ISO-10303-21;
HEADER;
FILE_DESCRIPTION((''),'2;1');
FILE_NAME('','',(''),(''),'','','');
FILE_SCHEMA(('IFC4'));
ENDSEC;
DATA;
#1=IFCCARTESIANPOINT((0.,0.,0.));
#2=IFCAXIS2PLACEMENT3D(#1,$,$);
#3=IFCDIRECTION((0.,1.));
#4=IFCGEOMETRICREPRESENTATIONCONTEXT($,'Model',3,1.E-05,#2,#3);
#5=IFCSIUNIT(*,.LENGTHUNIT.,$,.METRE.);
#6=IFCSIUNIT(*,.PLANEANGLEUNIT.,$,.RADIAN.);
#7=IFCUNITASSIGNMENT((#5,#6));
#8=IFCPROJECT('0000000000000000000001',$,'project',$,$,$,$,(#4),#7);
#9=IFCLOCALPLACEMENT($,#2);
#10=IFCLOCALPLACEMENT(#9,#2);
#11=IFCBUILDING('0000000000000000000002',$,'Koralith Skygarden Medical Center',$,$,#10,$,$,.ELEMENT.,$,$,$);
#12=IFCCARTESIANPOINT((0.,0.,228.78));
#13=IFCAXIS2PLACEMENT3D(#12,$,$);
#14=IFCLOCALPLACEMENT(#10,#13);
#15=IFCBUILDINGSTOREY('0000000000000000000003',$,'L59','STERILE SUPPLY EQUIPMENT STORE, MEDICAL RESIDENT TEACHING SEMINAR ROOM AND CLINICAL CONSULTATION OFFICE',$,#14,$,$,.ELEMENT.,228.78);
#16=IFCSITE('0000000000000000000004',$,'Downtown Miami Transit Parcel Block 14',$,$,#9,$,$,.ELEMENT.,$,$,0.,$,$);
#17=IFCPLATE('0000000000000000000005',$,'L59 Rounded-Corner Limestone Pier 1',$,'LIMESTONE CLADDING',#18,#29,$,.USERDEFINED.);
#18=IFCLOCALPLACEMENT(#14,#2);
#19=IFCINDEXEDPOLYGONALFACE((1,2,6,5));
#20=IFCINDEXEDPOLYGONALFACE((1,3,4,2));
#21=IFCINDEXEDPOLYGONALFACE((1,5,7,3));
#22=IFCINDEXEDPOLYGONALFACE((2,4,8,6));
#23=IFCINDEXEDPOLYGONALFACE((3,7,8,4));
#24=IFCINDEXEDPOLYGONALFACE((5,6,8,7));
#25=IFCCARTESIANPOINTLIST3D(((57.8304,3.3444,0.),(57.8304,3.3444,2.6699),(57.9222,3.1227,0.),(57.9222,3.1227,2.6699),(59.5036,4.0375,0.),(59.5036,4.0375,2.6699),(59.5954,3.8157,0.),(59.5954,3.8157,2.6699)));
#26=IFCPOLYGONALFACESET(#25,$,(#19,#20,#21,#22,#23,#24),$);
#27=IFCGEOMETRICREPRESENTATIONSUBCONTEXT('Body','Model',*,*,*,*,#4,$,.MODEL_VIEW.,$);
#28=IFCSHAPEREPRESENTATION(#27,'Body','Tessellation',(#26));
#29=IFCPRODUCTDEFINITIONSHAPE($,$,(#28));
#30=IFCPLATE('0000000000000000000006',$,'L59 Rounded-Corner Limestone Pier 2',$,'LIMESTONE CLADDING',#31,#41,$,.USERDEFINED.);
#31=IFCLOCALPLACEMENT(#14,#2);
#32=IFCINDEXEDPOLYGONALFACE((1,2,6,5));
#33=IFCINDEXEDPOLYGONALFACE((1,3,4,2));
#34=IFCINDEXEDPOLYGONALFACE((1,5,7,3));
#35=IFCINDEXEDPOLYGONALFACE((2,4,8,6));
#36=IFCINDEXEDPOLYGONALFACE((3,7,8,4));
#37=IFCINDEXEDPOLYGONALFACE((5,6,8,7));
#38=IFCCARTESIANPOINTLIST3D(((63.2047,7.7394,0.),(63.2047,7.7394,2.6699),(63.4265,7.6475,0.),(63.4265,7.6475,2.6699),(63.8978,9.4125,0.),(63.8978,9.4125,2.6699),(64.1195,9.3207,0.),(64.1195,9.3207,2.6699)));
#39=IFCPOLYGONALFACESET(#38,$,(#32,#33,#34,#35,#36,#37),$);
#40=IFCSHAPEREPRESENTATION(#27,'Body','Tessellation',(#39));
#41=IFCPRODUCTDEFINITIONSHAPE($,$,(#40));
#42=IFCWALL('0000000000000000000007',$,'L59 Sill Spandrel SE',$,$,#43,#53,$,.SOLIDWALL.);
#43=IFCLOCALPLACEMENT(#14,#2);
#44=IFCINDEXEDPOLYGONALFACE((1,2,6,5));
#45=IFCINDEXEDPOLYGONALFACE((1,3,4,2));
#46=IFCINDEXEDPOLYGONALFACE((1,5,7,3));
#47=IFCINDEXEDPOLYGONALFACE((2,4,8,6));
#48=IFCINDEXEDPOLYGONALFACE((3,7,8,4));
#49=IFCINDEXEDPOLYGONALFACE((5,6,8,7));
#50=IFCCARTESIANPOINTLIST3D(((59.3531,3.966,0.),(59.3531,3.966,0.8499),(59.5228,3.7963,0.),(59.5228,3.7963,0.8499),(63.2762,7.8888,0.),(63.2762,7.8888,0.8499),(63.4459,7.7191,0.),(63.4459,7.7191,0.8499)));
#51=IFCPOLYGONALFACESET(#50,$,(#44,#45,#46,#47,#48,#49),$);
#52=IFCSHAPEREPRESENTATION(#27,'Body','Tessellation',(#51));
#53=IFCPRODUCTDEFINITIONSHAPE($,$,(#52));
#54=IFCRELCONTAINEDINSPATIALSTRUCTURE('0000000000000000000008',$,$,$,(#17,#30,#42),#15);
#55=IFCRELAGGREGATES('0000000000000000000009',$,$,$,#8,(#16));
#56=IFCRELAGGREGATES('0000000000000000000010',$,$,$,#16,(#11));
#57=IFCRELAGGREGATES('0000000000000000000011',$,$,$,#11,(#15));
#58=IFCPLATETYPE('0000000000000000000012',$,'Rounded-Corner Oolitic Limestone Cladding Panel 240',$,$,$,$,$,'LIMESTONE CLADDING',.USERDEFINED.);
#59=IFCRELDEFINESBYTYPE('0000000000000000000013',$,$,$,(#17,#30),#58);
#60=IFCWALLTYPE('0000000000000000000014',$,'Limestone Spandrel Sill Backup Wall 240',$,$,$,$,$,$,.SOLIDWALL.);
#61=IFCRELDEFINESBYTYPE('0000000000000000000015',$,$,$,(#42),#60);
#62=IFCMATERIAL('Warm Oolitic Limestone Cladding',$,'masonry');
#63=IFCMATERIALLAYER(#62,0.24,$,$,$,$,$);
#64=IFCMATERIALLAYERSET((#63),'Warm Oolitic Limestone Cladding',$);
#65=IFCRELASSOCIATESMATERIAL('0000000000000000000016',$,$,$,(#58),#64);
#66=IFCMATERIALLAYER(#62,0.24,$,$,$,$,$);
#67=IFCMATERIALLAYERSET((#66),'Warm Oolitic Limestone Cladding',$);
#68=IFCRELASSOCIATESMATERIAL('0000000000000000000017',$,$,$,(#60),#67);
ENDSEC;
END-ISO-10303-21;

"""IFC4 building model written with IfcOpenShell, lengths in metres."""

from ifc_helpers import new_model, si_unit, direction, frame, frame_2d, origin, origin_2d, place, context, subcontext, project, spatial, rectangle, extrude, material, layer, layer_set, type_object, element, save


model = new_model("IFC4")

# Units and contexts
model_context = context("Model", 3, precision=1e-05, world=origin(), true_north=direction((0.0, 1.0)))
body_context = subcontext(model_context, "Body", "Model", "MODEL_VIEW")
ifc_project = project(units=[si_unit("LENGTHUNIT", "METRE"), si_unit("PLANEANGLEUNIT", "RADIAN")], contexts=[model_context])

# Site, building, storey
site_placement = place(None, origin())
site = spatial("IfcSite", under=ifc_project, at=site_placement, Name="Downtown Miami Transit Parcel Block 14", CompositionType="ELEMENT", RefElevation=0.0)
building_placement = place(site_placement, origin())
building = spatial("IfcBuilding", under=site, at=building_placement, Name="Koralith Skygarden Medical Center", CompositionType="ELEMENT")
storey_placement = place(building_placement, frame((0.0, 0.0, 228.78)))
storey = spatial("IfcBuildingStorey", under=building, at=storey_placement, Name="L59", Description="STERILE SUPPLY EQUIPMENT STORE, MEDICAL RESIDENT TEACHING SEMINAR ROOM AND CLINICAL CONSULTATION OFFICE", CompositionType="ELEMENT", Elevation=228.78)

# Plates
ifc_material_1 = material(Name="Warm Oolitic Limestone Cladding", Category="masonry")
ifc_layer_1 = layer(ifc_material_1, 0.24)
ifc_layer_set_1 = layer_set([ifc_layer_1], Name="Warm Oolitic Limestone Cladding")
plate_type_1 = type_object("IfcPlateType", Name="Rounded-Corner Oolitic Limestone Cladding Panel 240", ElementType="LIMESTONE CLADDING", PredefinedType="USERDEFINED", material=ifc_layer_set_1)
for number, where, z_axis, x_axis, name in (
    (1, (58.7129, 3.5801, 0.0), (0.0, 0.0, 1.0), (0.923885, 0.382671, 0.0), "L59 Rounded-Corner Limestone Pier 1"),
    (2, (63.6621, 8.53, 0.0), (0.0, 0.0, 1.0), (0.382671, 0.923885, 0.0), "L59 Rounded-Corner Limestone Pier 2"),
):
    element("IfcPlate", number, at=place(storey_placement, frame(where, z_axis=z_axis, x_axis=x_axis)), inside=storey, type_object=plate_type_1, Name=name, ObjectType="LIMESTONE CLADDING", PredefinedType="USERDEFINED", context=body_context, shape_type="SweptSolid", body=[
        extrude(rectangle(XDim=1.811, YDim=0.24, at=origin_2d()), origin(), (0.0, 0.0, 1.0), 2.6699),
    ])

# Wall
ifc_layer_2 = layer(ifc_material_1, 0.24)
ifc_layer_set_2 = layer_set([ifc_layer_2], Name="Warm Oolitic Limestone Cladding")
wall_type = type_object("IfcWallType", Name="Limestone Spandrel Sill Backup Wall 240", PredefinedType="SOLIDWALL", material=ifc_layer_set_2)
wall_placement = place(storey_placement, frame((59.438, 3.8811, 0.0), z_axis=(0.0, 0.0, 1.0), x_axis=(0.707129, 0.707085, 0.0)))
element("IfcWall", 3, at=wall_placement, inside=storey, type_object=wall_type, Name="L59 Sill Spandrel SE", PredefinedType="SOLIDWALL", context=body_context, shape_type="SweptSolid", body=[
    extrude(rectangle(XDim=5.5479, YDim=0.24, at=frame_2d((2.7739, 0.0))), origin(), (0.0, 0.0, 1.0), 0.8499),
])

save(model, "model.ifc")
